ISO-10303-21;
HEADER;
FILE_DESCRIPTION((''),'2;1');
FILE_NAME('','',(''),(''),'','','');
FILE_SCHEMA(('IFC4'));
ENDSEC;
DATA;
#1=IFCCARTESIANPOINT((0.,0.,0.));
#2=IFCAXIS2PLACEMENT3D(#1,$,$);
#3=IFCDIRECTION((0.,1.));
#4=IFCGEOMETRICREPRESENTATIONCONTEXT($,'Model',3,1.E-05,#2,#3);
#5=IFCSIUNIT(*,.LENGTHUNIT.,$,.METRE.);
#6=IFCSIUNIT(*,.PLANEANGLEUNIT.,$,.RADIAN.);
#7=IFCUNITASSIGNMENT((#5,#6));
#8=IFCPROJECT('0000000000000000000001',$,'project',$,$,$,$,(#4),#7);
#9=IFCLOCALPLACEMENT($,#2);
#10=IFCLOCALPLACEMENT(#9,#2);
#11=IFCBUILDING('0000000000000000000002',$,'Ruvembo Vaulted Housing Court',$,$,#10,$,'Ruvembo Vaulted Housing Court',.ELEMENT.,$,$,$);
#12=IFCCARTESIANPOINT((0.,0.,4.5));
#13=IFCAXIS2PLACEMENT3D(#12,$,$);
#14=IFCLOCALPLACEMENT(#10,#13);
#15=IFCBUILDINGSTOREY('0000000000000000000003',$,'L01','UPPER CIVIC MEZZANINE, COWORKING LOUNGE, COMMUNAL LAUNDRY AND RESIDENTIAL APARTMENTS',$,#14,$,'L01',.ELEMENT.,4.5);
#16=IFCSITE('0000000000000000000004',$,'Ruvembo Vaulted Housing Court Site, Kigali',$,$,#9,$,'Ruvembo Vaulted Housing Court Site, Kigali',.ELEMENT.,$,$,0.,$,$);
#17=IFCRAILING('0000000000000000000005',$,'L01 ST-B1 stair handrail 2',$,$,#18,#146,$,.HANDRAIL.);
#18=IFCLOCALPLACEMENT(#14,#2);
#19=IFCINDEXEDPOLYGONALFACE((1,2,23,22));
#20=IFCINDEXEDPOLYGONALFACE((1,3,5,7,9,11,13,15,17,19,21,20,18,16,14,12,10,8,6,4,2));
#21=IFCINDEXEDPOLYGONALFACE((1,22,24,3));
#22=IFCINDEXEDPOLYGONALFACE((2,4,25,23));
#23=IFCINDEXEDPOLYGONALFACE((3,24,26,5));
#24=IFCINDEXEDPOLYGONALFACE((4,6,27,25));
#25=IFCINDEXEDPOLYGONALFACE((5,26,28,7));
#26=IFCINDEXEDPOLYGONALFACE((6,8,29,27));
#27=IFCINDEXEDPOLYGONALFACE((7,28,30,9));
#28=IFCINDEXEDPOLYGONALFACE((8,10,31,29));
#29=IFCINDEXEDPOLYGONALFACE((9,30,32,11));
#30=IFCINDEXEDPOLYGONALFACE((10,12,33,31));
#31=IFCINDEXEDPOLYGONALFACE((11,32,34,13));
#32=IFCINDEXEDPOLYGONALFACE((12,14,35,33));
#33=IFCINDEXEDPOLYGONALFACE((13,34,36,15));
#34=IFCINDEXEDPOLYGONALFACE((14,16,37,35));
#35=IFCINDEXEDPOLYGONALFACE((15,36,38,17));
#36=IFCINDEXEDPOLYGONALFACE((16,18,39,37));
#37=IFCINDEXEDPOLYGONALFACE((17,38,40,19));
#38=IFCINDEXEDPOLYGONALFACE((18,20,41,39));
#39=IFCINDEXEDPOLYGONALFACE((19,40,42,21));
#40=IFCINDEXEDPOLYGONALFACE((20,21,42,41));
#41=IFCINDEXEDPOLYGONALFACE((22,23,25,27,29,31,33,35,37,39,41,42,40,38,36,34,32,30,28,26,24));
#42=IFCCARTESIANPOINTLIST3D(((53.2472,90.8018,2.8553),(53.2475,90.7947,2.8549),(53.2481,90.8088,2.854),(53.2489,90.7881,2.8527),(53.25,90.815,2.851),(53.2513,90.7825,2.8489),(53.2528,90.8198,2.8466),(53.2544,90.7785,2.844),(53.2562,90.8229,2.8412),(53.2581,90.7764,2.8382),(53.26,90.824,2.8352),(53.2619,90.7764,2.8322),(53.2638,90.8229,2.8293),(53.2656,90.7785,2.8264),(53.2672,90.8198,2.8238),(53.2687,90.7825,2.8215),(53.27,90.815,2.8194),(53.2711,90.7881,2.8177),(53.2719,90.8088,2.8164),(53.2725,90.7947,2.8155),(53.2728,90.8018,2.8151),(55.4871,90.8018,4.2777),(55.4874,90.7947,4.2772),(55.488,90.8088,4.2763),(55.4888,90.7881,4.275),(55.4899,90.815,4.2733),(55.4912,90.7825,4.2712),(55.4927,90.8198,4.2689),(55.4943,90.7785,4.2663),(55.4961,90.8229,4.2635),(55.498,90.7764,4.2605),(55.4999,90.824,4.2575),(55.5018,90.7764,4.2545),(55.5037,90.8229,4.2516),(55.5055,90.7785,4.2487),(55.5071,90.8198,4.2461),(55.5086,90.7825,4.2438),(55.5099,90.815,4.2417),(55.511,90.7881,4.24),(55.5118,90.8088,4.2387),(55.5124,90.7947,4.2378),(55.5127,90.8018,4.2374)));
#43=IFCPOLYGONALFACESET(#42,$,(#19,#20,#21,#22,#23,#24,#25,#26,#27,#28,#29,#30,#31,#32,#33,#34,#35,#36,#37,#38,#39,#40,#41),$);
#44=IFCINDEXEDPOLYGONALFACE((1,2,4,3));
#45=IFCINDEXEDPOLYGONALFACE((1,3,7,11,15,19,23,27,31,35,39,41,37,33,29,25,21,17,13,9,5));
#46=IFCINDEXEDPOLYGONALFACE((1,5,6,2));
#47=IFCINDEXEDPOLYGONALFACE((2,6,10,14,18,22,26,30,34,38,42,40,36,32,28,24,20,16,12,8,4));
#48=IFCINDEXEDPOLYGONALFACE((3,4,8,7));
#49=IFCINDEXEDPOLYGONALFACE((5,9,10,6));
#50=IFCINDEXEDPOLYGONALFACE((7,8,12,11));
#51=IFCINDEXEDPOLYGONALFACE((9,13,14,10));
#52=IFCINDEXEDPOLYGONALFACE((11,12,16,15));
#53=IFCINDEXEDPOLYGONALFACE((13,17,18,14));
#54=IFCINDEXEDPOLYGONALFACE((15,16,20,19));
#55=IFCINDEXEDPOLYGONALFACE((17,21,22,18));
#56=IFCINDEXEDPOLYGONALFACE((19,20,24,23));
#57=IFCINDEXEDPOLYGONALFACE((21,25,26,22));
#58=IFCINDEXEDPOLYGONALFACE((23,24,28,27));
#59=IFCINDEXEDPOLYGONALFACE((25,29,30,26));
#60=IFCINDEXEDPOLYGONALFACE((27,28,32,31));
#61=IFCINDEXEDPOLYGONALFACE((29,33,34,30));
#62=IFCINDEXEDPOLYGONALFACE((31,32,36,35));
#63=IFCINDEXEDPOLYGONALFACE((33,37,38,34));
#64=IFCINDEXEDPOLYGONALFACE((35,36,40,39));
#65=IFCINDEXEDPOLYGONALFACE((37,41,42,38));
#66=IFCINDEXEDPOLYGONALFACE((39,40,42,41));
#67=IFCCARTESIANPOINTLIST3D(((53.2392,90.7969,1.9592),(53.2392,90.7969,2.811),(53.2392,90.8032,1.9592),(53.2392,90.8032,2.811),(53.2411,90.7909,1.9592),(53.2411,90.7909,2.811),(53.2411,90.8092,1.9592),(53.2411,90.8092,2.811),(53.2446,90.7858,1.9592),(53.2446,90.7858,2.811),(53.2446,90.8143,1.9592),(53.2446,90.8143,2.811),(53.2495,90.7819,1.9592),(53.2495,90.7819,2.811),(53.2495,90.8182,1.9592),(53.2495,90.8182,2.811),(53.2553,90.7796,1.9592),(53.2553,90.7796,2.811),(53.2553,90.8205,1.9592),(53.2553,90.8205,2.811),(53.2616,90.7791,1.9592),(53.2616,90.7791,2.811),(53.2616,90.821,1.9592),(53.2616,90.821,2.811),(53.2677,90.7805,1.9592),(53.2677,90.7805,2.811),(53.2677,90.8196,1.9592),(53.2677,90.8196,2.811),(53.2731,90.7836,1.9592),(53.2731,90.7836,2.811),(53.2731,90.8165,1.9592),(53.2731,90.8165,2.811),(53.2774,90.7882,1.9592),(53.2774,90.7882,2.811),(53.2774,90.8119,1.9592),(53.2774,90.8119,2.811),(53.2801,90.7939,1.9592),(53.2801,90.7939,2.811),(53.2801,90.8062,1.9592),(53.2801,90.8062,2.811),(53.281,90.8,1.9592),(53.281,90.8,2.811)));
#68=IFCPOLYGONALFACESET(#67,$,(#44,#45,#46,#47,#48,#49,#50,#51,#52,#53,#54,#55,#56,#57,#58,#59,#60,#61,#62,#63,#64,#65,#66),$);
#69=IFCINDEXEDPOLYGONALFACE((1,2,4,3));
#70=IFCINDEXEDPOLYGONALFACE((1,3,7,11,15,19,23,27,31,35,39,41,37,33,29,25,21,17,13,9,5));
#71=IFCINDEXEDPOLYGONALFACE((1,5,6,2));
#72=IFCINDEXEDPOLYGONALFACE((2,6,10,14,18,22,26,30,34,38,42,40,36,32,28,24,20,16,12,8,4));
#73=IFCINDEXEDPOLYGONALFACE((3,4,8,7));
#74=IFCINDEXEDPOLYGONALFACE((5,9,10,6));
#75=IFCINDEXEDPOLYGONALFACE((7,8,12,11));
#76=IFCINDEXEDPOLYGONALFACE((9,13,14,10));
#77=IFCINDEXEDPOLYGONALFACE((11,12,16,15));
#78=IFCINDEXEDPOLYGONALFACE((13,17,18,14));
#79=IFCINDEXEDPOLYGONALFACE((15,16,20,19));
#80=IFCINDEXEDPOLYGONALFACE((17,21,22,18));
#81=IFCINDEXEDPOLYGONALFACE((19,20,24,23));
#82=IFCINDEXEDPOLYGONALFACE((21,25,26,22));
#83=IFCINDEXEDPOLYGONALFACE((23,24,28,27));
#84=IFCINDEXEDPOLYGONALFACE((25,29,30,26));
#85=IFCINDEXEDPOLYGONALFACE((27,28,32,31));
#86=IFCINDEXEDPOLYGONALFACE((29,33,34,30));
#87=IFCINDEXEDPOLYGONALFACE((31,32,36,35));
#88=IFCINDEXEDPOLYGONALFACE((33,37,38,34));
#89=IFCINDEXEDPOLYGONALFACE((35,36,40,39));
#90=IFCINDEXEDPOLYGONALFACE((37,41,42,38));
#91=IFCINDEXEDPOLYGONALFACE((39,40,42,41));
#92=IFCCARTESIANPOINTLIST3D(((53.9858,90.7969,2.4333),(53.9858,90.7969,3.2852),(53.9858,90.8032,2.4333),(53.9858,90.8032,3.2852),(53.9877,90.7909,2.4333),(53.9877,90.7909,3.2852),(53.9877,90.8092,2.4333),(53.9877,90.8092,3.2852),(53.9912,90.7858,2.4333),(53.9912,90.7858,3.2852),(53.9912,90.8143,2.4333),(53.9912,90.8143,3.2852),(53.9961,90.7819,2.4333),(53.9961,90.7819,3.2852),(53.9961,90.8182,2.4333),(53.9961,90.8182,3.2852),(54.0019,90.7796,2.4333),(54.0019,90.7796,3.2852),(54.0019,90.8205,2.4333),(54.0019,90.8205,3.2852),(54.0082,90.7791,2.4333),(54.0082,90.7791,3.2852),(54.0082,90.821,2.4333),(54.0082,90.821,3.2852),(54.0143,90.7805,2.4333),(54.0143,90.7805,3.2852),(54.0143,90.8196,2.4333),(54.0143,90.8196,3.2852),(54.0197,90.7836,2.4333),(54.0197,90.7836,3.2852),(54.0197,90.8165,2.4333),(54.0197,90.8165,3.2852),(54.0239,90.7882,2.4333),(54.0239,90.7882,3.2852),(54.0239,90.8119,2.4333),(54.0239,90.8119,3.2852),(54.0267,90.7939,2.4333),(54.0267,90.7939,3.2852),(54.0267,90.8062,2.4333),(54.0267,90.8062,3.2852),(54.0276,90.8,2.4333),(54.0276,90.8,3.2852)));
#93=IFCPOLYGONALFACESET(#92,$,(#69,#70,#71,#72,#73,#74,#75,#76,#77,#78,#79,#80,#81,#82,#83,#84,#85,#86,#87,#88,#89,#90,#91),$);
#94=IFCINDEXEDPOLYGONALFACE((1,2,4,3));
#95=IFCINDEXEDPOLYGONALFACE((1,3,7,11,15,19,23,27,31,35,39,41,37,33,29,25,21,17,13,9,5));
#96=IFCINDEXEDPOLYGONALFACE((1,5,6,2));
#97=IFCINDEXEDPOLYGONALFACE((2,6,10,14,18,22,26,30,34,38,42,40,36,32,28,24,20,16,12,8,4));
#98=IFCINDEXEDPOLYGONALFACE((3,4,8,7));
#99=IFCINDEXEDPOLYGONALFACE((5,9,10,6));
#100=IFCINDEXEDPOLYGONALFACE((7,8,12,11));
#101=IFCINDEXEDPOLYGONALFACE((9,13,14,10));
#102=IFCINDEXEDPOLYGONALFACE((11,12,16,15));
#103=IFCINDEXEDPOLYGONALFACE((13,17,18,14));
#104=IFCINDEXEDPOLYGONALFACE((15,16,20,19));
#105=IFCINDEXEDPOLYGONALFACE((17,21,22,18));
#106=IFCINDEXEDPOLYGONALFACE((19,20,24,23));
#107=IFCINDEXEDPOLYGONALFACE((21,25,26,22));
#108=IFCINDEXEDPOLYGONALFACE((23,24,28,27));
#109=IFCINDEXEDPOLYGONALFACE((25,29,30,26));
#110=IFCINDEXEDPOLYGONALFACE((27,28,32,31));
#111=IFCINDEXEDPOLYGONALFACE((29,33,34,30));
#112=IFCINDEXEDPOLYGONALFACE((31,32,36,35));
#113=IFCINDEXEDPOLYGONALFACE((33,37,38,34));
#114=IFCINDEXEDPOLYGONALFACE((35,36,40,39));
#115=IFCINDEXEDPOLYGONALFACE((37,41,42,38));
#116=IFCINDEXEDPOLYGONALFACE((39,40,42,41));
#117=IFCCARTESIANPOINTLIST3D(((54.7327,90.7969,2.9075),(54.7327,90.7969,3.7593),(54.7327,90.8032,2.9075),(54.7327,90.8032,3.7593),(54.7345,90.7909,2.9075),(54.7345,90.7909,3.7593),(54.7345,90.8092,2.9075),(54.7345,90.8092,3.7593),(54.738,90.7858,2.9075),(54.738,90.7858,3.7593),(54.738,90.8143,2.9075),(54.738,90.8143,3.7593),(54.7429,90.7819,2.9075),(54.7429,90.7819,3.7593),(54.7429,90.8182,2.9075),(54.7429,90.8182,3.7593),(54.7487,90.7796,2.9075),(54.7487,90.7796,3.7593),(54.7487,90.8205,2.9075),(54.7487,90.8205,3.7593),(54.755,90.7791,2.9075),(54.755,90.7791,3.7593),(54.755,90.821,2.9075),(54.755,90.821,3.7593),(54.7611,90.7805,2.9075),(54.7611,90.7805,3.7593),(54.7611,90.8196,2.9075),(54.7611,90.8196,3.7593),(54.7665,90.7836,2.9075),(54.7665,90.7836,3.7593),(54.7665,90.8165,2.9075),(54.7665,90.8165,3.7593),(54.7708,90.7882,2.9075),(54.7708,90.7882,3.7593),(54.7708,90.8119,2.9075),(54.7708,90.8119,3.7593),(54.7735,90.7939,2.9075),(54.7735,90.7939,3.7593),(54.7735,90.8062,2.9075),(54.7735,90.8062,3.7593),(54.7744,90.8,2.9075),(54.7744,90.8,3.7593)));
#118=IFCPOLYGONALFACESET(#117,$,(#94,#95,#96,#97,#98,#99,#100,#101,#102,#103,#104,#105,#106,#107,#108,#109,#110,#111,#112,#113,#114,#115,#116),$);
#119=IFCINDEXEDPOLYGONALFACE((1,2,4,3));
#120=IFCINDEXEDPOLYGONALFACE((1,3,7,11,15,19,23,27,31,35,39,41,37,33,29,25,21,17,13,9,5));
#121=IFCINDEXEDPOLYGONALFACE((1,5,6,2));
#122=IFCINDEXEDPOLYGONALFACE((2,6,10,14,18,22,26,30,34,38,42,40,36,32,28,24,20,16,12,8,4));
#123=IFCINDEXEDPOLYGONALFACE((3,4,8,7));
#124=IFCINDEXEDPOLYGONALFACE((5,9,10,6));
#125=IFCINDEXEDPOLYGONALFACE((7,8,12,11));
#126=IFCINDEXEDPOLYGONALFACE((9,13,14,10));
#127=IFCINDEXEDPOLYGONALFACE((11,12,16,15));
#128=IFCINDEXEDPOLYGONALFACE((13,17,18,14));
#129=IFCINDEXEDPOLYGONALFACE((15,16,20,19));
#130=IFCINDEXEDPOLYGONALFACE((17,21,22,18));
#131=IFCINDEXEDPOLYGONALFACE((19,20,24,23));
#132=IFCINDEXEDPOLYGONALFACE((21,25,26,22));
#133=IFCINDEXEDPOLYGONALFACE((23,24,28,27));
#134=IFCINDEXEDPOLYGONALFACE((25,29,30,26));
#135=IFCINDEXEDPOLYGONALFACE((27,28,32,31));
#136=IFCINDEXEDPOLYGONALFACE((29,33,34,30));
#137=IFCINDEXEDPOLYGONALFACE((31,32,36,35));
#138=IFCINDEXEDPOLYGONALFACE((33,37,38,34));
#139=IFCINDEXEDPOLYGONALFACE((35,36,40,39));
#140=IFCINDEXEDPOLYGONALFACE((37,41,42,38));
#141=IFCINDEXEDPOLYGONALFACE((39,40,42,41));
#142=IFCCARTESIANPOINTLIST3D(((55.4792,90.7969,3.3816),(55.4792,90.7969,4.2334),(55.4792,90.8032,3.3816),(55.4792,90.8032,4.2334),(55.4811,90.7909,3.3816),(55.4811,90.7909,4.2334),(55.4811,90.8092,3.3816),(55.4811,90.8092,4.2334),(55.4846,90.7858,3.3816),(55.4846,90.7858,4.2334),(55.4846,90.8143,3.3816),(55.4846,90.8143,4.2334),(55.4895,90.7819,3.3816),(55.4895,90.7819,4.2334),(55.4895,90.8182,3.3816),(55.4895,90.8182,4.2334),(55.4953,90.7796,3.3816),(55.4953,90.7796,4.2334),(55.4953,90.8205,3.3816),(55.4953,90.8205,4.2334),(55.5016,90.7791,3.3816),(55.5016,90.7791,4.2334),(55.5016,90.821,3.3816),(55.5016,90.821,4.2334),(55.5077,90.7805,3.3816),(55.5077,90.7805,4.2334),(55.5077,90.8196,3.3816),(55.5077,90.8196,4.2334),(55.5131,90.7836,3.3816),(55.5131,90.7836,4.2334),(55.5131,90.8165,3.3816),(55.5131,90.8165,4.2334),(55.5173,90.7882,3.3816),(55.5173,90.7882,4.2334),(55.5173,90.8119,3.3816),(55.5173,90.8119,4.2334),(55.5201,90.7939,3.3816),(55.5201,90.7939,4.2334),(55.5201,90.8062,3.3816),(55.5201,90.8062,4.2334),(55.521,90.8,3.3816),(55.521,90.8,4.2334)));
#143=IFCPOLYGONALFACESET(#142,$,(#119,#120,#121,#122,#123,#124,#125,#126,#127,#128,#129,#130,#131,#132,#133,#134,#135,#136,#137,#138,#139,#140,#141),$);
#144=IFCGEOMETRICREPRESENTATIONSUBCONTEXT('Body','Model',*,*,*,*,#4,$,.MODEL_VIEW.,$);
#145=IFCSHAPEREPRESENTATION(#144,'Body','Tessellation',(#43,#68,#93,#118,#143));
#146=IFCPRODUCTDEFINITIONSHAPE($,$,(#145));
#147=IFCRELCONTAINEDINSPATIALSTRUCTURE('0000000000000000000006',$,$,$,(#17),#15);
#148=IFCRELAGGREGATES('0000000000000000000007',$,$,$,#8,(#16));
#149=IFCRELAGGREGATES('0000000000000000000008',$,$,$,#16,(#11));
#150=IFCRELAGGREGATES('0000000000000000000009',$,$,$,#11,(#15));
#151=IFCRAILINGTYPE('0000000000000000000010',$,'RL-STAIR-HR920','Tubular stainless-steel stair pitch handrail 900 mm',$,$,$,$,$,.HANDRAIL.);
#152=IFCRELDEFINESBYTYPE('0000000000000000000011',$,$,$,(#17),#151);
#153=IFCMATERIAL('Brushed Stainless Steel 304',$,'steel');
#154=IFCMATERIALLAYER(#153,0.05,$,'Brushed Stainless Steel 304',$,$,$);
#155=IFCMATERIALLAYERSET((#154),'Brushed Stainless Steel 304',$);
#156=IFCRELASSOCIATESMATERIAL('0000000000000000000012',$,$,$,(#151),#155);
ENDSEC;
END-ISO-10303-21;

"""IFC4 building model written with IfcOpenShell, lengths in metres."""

from ifc_helpers import new_model, si_unit, direction, frame, origin, origin_2d, place, context, subcontext, project, spatial, circle, extrude, material, layer, layer_set, type_object, element, save


model = new_model("IFC4")

# Units and contexts
model_context = context("Model", 3, precision=1e-05, world=origin(), true_north=direction((0.0, 1.0)))
body_context = subcontext(model_context, "Body", "Model", "MODEL_VIEW")
ifc_project = project(units=[si_unit("LENGTHUNIT", "METRE"), si_unit("PLANEANGLEUNIT", "RADIAN")], contexts=[model_context])

# Site, building, storey
site_placement = place(None, origin())
site = spatial("IfcSite", under=ifc_project, at=site_placement, Name="Ruvembo Vaulted Housing Court Site, Kigali", LongName="Ruvembo Vaulted Housing Court Site, Kigali", CompositionType="ELEMENT", RefElevation=0.0)
building_placement = place(site_placement, origin())
building = spatial("IfcBuilding", under=site, at=building_placement, Name="Ruvembo Vaulted Housing Court", LongName="Ruvembo Vaulted Housing Court", CompositionType="ELEMENT")
storey_placement = place(building_placement, frame((0.0, 0.0, 4.5)))
storey = spatial("IfcBuildingStorey", under=building, at=storey_placement, Name="L01", Description="UPPER CIVIC MEZZANINE, COWORKING LOUNGE, COMMUNAL LAUNDRY AND RESIDENTIAL APARTMENTS", LongName="L01", CompositionType="ELEMENT", Elevation=4.5)

# Shared definitions
ifc_material_1 = material(Name="Brushed Stainless Steel 304", Category="steel")

# Railing
ifc_layer_1 = layer(ifc_material_1, 0.05, Name="Brushed Stainless Steel 304")
ifc_layer_set_1 = layer_set([ifc_layer_1], Name="Brushed Stainless Steel 304")
railing_type_1 = type_object("IfcRailingType", Name="RL-STAIR-HR920", Description="Tubular stainless-steel stair pitch handrail 900 mm", PredefinedType="HANDRAIL", material=ifc_layer_set_1)
railing_1_placement = place(storey_placement, frame((53.26, 90.8, 1.9592)))
element("IfcRailing", 1, at=railing_1_placement, inside=storey, type_object=railing_type_1, Name="L01 ST-B1 stair handrail 2", PredefinedType="HANDRAIL", context=body_context, shape_type="SweptSolid", body=[
    extrude(circle(Radius=0.0239, at=origin_2d()), frame((0.0, 0.0, 0.876), z_axis=(0.844188, 0.0, 0.536048), x_axis=(0.0, 1.0, 0.0)), (0.0, 0.0, 1.0), 2.6533),
    extrude(circle(Radius=0.021, at=origin_2d()), origin(), (0.0, 0.0, 1.0), 0.8518),
    extrude(circle(Radius=0.021, at=origin_2d()), frame((0.7466, 0.0, 0.4741)), (0.0, 0.0, 1.0), 0.8518),
    extrude(circle(Radius=0.021, at=origin_2d()), frame((1.4934, 0.0, 0.9482)), (0.0, 0.0, 1.0), 0.8518),
    extrude(circle(Radius=0.021, at=origin_2d()), frame((2.24, 0.0, 1.4224)), (0.0, 0.0, 1.0), 0.8518),
])

save(model, "model.ifc")
